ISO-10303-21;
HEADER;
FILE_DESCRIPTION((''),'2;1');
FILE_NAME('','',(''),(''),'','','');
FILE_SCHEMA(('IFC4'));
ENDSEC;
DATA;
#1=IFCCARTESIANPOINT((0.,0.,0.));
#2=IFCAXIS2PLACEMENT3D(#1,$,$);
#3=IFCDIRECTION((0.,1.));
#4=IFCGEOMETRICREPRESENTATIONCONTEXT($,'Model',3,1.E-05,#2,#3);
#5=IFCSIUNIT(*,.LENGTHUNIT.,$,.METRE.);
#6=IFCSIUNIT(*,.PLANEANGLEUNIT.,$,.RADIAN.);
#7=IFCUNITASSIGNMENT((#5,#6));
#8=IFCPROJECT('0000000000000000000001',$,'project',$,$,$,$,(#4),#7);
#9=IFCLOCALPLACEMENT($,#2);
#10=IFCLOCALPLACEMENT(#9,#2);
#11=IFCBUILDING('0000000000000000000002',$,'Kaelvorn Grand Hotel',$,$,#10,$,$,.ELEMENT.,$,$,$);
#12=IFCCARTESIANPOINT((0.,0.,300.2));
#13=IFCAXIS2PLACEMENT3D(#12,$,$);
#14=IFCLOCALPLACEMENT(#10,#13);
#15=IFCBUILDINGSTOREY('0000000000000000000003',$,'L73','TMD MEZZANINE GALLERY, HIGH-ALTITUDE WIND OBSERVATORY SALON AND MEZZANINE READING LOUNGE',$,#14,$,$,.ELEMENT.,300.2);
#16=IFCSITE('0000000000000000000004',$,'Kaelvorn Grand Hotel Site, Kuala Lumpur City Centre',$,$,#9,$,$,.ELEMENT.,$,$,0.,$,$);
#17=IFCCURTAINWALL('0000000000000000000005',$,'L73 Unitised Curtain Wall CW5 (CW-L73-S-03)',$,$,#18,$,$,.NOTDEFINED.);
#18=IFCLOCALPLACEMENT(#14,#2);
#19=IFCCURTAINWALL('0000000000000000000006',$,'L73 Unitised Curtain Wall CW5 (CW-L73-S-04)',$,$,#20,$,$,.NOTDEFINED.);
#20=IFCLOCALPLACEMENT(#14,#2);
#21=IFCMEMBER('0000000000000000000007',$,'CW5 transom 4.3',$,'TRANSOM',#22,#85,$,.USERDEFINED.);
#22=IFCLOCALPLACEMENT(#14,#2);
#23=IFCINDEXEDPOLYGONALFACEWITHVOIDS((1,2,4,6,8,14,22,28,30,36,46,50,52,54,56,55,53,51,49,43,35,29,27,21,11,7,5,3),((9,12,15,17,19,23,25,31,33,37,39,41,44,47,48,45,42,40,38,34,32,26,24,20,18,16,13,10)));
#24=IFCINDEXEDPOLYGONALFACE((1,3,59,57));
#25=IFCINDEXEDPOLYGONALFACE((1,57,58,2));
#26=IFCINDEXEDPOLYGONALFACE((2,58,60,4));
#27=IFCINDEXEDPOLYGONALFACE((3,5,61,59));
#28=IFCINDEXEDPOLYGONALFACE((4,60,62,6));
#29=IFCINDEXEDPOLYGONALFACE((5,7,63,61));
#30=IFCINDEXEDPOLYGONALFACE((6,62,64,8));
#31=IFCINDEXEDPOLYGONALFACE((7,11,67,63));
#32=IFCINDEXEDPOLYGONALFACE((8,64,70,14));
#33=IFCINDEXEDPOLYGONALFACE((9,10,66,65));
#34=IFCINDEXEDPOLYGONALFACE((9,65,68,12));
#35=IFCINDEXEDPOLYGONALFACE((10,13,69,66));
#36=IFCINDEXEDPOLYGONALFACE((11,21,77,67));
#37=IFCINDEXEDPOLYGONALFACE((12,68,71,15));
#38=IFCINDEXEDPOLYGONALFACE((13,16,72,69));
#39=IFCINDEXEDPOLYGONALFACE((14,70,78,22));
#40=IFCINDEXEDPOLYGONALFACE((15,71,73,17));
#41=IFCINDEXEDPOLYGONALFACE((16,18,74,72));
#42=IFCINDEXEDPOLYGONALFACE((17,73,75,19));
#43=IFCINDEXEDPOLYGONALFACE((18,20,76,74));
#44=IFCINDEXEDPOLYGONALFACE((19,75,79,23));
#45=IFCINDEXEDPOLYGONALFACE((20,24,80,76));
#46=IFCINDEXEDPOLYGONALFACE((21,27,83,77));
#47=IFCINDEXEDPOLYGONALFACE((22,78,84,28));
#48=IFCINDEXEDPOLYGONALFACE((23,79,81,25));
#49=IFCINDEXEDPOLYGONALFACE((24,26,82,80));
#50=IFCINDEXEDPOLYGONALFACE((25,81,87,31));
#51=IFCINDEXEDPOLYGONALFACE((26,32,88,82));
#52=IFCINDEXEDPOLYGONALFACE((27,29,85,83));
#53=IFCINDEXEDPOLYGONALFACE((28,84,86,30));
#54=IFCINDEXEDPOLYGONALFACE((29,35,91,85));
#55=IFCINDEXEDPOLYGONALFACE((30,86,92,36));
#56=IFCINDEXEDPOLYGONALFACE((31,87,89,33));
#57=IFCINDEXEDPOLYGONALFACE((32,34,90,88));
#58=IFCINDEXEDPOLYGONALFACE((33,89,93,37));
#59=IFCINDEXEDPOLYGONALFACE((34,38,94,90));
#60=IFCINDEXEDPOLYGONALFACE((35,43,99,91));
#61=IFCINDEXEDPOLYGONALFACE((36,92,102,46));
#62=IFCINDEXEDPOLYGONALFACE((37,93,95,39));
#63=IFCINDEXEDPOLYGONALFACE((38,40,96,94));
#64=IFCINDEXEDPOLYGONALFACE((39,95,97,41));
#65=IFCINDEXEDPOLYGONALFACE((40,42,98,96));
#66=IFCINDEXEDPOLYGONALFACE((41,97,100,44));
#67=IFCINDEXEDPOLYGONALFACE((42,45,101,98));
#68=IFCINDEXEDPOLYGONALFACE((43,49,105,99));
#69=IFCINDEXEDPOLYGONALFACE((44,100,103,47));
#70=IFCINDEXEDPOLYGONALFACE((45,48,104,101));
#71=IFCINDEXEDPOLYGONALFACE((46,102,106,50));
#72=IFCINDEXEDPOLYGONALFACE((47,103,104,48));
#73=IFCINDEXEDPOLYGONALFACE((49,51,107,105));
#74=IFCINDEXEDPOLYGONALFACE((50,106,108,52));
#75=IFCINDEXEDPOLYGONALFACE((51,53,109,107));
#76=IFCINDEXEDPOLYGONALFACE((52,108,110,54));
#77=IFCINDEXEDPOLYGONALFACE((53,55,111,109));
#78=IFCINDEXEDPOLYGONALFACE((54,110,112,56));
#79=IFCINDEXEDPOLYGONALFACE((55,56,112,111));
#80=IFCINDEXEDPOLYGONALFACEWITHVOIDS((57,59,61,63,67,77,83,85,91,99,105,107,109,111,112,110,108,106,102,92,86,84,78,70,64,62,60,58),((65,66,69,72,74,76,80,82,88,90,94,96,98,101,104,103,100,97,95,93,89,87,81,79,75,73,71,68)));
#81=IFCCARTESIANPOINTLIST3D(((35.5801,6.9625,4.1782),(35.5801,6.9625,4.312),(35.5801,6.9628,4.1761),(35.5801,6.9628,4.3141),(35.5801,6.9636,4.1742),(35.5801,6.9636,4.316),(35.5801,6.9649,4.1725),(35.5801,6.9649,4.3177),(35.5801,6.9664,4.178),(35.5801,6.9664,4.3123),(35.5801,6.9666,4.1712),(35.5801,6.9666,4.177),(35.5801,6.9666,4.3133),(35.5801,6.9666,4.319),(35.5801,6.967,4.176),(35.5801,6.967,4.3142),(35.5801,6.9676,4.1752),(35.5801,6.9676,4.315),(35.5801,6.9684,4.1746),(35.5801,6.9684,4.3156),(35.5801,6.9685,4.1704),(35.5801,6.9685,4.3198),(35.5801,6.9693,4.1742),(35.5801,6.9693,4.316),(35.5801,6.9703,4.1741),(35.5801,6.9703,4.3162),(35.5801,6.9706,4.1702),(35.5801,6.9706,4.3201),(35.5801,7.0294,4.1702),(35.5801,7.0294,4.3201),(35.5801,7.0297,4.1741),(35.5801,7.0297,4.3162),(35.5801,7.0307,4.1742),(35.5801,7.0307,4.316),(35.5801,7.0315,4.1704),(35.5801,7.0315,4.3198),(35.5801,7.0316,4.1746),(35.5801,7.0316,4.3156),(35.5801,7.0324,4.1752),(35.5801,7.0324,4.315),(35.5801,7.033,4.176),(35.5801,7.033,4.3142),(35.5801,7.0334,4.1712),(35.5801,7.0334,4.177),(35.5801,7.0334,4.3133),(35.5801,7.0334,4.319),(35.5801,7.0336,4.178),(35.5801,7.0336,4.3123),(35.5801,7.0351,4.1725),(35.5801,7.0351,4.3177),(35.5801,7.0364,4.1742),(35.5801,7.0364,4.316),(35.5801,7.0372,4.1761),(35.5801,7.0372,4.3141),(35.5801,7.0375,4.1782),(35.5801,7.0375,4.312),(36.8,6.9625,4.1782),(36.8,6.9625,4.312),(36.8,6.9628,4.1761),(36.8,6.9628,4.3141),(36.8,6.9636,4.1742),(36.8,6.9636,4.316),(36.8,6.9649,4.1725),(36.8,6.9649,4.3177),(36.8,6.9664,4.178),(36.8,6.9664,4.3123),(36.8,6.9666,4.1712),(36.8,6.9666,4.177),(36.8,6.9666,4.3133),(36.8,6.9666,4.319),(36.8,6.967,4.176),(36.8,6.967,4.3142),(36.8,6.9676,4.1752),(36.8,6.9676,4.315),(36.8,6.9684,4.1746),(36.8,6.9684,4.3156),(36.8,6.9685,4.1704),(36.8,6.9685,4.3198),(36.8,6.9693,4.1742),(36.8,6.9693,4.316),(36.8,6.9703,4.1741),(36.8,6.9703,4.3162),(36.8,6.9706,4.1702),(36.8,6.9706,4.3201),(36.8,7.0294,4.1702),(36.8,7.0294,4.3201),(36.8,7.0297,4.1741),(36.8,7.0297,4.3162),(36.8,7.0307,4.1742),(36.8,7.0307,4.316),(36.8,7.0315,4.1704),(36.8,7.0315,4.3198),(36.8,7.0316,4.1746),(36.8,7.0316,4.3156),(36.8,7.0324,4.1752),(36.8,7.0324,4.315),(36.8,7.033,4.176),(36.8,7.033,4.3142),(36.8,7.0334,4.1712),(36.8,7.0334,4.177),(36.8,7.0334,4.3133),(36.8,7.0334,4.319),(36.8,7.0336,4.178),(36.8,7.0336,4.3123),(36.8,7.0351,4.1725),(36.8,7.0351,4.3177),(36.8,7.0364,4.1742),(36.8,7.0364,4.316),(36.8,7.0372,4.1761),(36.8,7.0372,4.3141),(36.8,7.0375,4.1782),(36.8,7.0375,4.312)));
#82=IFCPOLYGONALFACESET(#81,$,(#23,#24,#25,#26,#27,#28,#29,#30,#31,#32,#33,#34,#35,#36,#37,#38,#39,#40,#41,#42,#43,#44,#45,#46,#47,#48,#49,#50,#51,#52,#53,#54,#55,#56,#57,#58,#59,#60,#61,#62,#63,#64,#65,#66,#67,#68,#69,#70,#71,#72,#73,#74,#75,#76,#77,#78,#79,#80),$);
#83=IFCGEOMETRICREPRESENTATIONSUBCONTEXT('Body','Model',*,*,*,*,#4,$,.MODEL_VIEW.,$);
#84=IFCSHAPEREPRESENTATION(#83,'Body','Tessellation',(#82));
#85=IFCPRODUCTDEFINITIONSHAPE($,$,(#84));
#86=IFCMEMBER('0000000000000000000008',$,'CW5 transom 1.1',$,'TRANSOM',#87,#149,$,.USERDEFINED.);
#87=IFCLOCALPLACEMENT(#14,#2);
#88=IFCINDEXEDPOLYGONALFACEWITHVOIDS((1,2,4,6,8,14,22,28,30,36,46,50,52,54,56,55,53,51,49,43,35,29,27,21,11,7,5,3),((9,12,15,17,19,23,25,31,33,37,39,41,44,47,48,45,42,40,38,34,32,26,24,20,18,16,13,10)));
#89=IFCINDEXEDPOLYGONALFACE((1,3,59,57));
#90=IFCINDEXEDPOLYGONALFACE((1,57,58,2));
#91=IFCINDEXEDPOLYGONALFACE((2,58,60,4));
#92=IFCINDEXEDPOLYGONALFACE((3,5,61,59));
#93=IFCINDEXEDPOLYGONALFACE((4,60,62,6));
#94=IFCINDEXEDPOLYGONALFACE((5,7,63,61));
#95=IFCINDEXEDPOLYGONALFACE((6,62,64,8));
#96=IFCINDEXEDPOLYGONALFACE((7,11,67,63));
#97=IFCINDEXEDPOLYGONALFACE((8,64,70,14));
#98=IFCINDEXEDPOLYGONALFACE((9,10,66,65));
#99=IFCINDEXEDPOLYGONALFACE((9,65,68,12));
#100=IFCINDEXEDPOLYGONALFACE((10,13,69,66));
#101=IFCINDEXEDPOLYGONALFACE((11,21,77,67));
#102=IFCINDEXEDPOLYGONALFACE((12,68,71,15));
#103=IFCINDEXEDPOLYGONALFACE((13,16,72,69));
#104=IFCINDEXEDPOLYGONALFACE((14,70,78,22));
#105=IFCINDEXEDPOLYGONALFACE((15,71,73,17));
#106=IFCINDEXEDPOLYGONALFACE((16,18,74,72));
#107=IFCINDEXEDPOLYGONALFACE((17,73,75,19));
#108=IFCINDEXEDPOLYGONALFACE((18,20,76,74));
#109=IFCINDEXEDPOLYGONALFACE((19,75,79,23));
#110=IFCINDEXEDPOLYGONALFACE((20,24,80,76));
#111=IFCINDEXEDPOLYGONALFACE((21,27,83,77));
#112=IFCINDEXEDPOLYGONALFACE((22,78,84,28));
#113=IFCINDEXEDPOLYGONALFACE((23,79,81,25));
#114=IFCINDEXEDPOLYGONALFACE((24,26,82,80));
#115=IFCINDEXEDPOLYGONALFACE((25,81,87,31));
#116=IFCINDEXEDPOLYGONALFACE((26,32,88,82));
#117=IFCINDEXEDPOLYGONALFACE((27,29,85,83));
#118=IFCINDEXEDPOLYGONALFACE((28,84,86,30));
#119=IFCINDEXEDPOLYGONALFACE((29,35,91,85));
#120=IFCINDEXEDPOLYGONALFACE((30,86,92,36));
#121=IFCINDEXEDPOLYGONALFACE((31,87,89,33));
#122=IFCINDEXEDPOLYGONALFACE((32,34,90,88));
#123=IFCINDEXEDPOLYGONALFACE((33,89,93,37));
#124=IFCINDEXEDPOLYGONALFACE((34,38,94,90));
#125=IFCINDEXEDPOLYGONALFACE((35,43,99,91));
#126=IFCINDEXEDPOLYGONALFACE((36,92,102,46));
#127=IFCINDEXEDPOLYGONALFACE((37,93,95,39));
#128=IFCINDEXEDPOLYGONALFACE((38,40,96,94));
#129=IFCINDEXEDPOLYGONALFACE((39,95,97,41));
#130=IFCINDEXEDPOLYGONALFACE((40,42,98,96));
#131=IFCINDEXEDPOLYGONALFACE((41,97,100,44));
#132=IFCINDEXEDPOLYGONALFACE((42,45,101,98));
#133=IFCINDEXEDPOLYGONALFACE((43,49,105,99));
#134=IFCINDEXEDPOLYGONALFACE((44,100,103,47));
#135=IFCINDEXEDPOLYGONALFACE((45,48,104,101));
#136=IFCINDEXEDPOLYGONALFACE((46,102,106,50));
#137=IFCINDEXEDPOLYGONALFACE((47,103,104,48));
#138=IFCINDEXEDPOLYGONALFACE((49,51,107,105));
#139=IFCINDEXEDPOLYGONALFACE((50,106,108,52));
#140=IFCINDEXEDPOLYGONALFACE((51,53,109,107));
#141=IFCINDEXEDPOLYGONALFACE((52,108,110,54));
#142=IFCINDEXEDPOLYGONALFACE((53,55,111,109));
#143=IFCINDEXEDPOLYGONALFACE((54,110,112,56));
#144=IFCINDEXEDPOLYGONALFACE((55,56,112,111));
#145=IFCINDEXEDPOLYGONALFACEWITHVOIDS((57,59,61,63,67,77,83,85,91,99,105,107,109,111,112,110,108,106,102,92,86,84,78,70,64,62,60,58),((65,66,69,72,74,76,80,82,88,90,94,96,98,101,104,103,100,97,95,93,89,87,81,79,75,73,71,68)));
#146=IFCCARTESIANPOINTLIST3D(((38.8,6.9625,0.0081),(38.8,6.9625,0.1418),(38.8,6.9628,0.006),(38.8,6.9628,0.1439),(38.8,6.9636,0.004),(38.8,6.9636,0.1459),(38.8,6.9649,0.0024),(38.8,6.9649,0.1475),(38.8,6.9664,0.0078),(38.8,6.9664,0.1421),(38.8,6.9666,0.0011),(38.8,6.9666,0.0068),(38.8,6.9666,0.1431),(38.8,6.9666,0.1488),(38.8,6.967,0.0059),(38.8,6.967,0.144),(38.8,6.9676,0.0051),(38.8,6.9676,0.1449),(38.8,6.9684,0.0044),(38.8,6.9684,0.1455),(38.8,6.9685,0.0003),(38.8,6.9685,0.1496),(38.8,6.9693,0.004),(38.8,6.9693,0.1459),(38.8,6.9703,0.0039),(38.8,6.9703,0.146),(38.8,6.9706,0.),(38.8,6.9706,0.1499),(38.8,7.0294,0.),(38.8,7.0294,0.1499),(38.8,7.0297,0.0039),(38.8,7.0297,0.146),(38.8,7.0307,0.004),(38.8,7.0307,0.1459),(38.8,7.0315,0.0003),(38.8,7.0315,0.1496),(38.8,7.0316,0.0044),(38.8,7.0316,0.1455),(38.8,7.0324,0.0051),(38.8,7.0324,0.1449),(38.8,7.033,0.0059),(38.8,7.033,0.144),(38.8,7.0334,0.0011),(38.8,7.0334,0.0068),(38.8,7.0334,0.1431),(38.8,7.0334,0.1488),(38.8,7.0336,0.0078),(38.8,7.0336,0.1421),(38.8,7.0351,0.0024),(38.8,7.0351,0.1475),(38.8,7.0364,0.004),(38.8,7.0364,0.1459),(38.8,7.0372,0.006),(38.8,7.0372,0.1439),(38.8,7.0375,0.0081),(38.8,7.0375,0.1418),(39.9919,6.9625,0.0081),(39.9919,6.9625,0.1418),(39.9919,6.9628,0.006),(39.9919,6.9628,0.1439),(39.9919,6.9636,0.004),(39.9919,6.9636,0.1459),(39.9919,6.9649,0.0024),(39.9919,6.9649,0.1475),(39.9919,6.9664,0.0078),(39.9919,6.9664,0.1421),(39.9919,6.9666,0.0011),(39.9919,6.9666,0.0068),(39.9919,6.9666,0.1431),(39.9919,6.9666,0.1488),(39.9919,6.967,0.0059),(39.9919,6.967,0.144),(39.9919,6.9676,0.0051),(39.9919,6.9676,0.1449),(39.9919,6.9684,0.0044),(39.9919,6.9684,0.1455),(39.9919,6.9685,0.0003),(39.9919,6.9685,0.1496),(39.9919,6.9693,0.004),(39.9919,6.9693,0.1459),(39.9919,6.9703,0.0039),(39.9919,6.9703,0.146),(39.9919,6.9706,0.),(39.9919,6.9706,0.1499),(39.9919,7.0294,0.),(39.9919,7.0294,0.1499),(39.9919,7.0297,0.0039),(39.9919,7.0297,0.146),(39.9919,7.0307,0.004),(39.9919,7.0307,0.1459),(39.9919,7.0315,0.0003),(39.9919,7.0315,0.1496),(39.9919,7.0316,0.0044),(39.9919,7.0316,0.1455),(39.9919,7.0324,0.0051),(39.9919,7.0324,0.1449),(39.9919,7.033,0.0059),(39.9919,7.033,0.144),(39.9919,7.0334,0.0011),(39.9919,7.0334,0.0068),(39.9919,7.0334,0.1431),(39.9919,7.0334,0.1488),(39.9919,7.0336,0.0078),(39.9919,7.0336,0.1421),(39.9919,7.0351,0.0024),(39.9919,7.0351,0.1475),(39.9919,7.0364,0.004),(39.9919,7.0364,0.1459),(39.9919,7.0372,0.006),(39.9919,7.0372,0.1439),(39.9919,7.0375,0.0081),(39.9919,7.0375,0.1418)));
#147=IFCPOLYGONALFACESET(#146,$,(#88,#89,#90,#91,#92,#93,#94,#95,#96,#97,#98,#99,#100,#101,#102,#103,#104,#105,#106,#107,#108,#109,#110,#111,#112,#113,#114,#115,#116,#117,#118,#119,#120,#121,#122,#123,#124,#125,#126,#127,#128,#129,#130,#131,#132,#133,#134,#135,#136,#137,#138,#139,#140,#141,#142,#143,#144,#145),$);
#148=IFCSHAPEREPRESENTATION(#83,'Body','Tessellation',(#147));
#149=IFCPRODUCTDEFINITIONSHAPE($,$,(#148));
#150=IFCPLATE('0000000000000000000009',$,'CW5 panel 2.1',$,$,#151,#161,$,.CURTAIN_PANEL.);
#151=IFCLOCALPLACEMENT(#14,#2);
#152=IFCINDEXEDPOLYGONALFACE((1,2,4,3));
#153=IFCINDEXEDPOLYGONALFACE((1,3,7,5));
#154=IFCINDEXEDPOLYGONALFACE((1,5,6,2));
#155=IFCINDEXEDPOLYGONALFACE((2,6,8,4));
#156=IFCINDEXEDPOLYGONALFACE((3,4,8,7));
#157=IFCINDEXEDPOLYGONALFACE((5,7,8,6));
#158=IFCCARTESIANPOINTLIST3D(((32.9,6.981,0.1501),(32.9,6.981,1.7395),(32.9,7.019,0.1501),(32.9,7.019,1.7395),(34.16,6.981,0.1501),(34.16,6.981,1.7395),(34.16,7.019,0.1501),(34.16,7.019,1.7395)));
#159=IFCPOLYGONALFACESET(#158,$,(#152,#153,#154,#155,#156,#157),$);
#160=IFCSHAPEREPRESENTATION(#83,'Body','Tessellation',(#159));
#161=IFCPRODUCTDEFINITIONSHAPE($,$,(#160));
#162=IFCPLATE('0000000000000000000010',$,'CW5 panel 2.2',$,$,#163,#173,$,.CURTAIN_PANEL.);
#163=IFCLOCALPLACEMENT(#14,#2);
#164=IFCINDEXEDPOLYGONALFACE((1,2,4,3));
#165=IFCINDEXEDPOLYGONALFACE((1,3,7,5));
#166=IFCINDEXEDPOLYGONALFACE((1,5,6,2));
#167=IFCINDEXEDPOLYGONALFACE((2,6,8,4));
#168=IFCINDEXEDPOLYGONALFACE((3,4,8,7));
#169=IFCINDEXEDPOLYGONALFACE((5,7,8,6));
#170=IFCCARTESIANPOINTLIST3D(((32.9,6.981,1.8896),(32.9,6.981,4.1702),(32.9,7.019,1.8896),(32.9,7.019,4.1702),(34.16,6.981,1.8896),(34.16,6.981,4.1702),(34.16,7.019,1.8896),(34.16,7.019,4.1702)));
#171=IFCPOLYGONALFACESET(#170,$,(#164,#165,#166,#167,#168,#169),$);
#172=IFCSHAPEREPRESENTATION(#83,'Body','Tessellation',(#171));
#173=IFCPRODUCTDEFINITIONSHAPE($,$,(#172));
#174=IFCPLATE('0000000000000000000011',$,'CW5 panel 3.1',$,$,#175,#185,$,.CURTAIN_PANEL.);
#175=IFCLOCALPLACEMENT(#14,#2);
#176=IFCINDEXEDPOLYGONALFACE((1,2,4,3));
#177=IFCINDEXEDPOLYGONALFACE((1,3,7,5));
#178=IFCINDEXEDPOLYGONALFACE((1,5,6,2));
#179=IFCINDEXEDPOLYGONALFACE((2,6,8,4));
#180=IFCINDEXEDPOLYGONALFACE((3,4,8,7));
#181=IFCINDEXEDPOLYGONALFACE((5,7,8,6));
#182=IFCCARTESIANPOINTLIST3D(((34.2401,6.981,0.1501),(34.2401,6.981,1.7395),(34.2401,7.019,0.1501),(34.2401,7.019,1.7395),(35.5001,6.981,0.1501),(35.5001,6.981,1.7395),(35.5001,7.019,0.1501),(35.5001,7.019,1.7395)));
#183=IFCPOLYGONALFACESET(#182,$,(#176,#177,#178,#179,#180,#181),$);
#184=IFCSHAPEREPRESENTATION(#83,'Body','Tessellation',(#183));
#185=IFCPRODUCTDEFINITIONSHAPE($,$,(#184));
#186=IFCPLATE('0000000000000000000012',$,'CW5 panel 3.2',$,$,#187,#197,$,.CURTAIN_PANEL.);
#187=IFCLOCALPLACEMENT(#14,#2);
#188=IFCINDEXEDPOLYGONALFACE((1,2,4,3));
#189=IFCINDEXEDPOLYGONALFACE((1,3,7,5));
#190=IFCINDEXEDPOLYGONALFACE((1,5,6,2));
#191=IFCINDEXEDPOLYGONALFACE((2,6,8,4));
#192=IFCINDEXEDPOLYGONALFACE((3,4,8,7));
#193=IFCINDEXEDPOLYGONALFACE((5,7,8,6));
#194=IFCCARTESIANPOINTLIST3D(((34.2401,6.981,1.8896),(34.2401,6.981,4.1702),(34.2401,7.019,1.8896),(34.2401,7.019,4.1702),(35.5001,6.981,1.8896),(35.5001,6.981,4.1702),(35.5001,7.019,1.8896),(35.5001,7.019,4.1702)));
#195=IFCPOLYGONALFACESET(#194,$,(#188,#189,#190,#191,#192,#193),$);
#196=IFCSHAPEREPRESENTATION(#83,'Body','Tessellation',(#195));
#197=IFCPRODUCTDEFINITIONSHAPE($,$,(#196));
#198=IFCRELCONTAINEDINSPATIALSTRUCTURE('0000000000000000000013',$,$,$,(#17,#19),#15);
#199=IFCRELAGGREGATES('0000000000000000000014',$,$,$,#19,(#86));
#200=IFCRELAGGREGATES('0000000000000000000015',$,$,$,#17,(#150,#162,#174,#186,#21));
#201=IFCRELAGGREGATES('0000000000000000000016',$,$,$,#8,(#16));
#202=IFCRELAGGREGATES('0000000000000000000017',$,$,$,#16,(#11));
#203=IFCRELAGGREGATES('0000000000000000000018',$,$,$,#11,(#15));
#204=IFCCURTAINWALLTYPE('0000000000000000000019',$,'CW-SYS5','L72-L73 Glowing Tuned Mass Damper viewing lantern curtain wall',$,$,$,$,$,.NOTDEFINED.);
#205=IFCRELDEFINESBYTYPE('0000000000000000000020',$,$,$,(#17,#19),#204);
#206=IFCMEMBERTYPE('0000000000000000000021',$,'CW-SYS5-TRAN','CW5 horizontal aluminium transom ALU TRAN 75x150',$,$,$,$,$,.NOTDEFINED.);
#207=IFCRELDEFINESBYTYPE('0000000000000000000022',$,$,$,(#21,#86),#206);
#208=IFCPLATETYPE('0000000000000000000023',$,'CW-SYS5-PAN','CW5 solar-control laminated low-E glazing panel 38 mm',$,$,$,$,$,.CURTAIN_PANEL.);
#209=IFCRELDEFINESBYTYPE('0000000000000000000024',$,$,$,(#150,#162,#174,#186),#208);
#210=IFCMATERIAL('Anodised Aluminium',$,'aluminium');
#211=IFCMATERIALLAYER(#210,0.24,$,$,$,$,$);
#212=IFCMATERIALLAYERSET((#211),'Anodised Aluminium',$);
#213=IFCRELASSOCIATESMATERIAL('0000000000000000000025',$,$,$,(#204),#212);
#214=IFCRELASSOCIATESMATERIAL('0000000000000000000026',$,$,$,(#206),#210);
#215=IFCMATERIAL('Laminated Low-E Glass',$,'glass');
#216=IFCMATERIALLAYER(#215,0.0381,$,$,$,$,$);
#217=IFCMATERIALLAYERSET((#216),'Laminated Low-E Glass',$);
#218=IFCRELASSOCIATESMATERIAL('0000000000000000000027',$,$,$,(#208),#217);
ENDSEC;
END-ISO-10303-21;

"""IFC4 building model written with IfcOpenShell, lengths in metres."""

from ifc_helpers import new_model, si_unit, direction, frame, origin, origin_2d, place, context, subcontext, project, spatial, rectangle, hollow_rectangle, extrude, material, layer, layer_set, material_profile, profile_set, type_object, element, aggregate, save


model = new_model("IFC4")

# Units and contexts
model_context = context("Model", 3, precision=1e-05, world=origin(), true_north=direction((0.0, 1.0)))
body_context = subcontext(model_context, "Body", "Model", "MODEL_VIEW")
ifc_project = project(units=[si_unit("LENGTHUNIT", "METRE"), si_unit("PLANEANGLEUNIT", "RADIAN")], contexts=[model_context])

# Site, building, storey
site_placement = place(None, origin())
site = spatial("IfcSite", under=ifc_project, at=site_placement, Name="Kaelvorn Grand Hotel Site, Kuala Lumpur City Centre", CompositionType="ELEMENT", RefElevation=0.0)
building_placement = place(site_placement, origin())
building = spatial("IfcBuilding", under=site, at=building_placement, Name="Kaelvorn Grand Hotel", CompositionType="ELEMENT")
storey_placement = place(building_placement, frame((0.0, 0.0, 300.2)))
storey = spatial("IfcBuildingStorey", under=building, at=storey_placement, Name="L73", Description="TMD MEZZANINE GALLERY, HIGH-ALTITUDE WIND OBSERVATORY SALON AND MEZZANINE READING LOUNGE", CompositionType="ELEMENT", Elevation=300.2)

# Curtain wall
ifc_material_1 = material(Name="Anodised Aluminium", Category="aluminium")
ifc_layer_1 = layer(ifc_material_1, 0.24)
ifc_layer_set_1 = layer_set([ifc_layer_1], Name="Anodised Aluminium")
curtain_wall_type = type_object("IfcCurtainWallType", Name="CW-SYS5", Description="L72-L73 Glowing Tuned Mass Damper viewing lantern curtain wall", PredefinedType="NOTDEFINED", material=ifc_layer_set_1)
curtain_wall_1_placement = place(storey_placement, origin())
curtain_wall_1 = element("IfcCurtainWall", 1, at=curtain_wall_1_placement, inside=storey, type_object=curtain_wall_type, Name="L73 Unitised Curtain Wall CW5 (CW-L73-S-03)", PredefinedType="NOTDEFINED")

# Curtain wall
curtain_wall_2_placement = place(storey_placement, origin())
curtain_wall_2 = element("IfcCurtainWall", 2, at=curtain_wall_2_placement, inside=storey, type_object=curtain_wall_type, Name="L73 Unitised Curtain Wall CW5 (CW-L73-S-04)", PredefinedType="NOTDEFINED")

# Members
ifc_material_profile_1 = material_profile(ifc_material_1, hollow_rectangle(XDim=0.075, YDim=0.1499, WallThickness=0.0039, InnerFilletRadius=0.0039, OuterFilletRadius=0.0081, at=origin_2d()), Name="ALU TRAN 75x150")
ifc_profile_set_1 = profile_set([ifc_material_profile_1], Name="Anodised Aluminium")
member_type_1 = type_object("IfcMemberType", Name="CW-SYS5-TRAN", Description="CW5 horizontal aluminium transom ALU TRAN 75x150", PredefinedType="NOTDEFINED", material=ifc_profile_set_1)
member_1_placement = place(storey_placement, frame((35.5801, 7.0, 4.2451), z_axis=(1.0, 0.0, 0.0), x_axis=(0.0, 1.0, 0.0)))
member_1 = element("IfcMember", 3, at=member_1_placement, type_object=member_type_1, Name="CW5 transom 4.3", ObjectType="TRANSOM", PredefinedType="USERDEFINED", context=body_context, shape_type="SweptSolid", body=[
    extrude(hollow_rectangle(XDim=0.075, YDim=0.1499, WallThickness=0.0039, InnerFilletRadius=0.0039, OuterFilletRadius=0.0081, at=origin_2d()), origin(), (0.0, 0.0, 1.0), 1.22),
])
member_2_placement = place(storey_placement, frame((38.8, 7.0, 0.075), z_axis=(1.0, 0.0, 0.0), x_axis=(0.0, 1.0, 0.0)))
member_2 = element("IfcMember", 4, at=member_2_placement, type_object=member_type_1, Name="CW5 transom 1.1", ObjectType="TRANSOM", PredefinedType="USERDEFINED", context=body_context, shape_type="SweptSolid", body=[
    extrude(hollow_rectangle(XDim=0.075, YDim=0.1499, WallThickness=0.0039, InnerFilletRadius=0.0039, OuterFilletRadius=0.0081, at=origin_2d()), origin(), (0.0, 0.0, 1.0), 1.1919),
])
aggregate(curtain_wall_2, [member_2])

# Plates
ifc_material_2 = material(Name="Laminated Low-E Glass", Category="glass")
ifc_layer_2 = layer(ifc_material_2, 0.0381)
ifc_layer_set_2 = layer_set([ifc_layer_2], Name="Laminated Low-E Glass")
plate_type = type_object("IfcPlateType", Name="CW-SYS5-PAN", Description="CW5 solar-control laminated low-E glazing panel 38 mm", PredefinedType="CURTAIN_PANEL", material=ifc_layer_set_2)
plate_1_placement = place(storey_placement, frame((33.53, 7.0, 0.1501), z_axis=(0.0, 0.0, 1.0), x_axis=(1.0, 0.0, 0.0)))
plate_1 = element("IfcPlate", 5, at=plate_1_placement, type_object=plate_type, Name="CW5 panel 2.1", PredefinedType="CURTAIN_PANEL", context=body_context, shape_type="SweptSolid", body=[
    extrude(rectangle(XDim=1.26, YDim=0.0381, at=origin_2d()), origin(), (0.0, 0.0, 1.0), 1.5894),
])
plate_2_placement = place(storey_placement, frame((33.53, 7.0, 1.8896), z_axis=(0.0, 0.0, 1.0), x_axis=(1.0, 0.0, 0.0)))
plate_2 = element("IfcPlate", 6, at=plate_2_placement, type_object=plate_type, Name="CW5 panel 2.2", PredefinedType="CURTAIN_PANEL", context=body_context, shape_type="SweptSolid", body=[
    extrude(rectangle(XDim=1.26, YDim=0.0381, at=origin_2d()), origin(), (0.0, 0.0, 1.0), 2.2805),
])
plate_3_placement = place(storey_placement, frame((34.8701, 7.0, 0.1501), z_axis=(0.0, 0.0, 1.0), x_axis=(1.0, 0.0, 0.0)))
plate_3 = element("IfcPlate", 7, at=plate_3_placement, type_object=plate_type, Name="CW5 panel 3.1", PredefinedType="CURTAIN_PANEL", context=body_context, shape_type="SweptSolid", body=[
    extrude(rectangle(XDim=1.26, YDim=0.0381, at=origin_2d()), origin(), (0.0, 0.0, 1.0), 1.5894),
])
plate_4_placement = place(storey_placement, frame((34.8701, 7.0, 1.8896), z_axis=(0.0, 0.0, 1.0), x_axis=(1.0, 0.0, 0.0)))
plate_4 = element("IfcPlate", 8, at=plate_4_placement, type_object=plate_type, Name="CW5 panel 3.2", PredefinedType="CURTAIN_PANEL", context=body_context, shape_type="SweptSolid", body=[
    extrude(rectangle(XDim=1.26, YDim=0.0381, at=origin_2d()), origin(), (0.0, 0.0, 1.0), 2.2805),
])
aggregate(curtain_wall_1, [plate_1, plate_2, plate_3, plate_4, member_1])

save(model, "model.ifc")
